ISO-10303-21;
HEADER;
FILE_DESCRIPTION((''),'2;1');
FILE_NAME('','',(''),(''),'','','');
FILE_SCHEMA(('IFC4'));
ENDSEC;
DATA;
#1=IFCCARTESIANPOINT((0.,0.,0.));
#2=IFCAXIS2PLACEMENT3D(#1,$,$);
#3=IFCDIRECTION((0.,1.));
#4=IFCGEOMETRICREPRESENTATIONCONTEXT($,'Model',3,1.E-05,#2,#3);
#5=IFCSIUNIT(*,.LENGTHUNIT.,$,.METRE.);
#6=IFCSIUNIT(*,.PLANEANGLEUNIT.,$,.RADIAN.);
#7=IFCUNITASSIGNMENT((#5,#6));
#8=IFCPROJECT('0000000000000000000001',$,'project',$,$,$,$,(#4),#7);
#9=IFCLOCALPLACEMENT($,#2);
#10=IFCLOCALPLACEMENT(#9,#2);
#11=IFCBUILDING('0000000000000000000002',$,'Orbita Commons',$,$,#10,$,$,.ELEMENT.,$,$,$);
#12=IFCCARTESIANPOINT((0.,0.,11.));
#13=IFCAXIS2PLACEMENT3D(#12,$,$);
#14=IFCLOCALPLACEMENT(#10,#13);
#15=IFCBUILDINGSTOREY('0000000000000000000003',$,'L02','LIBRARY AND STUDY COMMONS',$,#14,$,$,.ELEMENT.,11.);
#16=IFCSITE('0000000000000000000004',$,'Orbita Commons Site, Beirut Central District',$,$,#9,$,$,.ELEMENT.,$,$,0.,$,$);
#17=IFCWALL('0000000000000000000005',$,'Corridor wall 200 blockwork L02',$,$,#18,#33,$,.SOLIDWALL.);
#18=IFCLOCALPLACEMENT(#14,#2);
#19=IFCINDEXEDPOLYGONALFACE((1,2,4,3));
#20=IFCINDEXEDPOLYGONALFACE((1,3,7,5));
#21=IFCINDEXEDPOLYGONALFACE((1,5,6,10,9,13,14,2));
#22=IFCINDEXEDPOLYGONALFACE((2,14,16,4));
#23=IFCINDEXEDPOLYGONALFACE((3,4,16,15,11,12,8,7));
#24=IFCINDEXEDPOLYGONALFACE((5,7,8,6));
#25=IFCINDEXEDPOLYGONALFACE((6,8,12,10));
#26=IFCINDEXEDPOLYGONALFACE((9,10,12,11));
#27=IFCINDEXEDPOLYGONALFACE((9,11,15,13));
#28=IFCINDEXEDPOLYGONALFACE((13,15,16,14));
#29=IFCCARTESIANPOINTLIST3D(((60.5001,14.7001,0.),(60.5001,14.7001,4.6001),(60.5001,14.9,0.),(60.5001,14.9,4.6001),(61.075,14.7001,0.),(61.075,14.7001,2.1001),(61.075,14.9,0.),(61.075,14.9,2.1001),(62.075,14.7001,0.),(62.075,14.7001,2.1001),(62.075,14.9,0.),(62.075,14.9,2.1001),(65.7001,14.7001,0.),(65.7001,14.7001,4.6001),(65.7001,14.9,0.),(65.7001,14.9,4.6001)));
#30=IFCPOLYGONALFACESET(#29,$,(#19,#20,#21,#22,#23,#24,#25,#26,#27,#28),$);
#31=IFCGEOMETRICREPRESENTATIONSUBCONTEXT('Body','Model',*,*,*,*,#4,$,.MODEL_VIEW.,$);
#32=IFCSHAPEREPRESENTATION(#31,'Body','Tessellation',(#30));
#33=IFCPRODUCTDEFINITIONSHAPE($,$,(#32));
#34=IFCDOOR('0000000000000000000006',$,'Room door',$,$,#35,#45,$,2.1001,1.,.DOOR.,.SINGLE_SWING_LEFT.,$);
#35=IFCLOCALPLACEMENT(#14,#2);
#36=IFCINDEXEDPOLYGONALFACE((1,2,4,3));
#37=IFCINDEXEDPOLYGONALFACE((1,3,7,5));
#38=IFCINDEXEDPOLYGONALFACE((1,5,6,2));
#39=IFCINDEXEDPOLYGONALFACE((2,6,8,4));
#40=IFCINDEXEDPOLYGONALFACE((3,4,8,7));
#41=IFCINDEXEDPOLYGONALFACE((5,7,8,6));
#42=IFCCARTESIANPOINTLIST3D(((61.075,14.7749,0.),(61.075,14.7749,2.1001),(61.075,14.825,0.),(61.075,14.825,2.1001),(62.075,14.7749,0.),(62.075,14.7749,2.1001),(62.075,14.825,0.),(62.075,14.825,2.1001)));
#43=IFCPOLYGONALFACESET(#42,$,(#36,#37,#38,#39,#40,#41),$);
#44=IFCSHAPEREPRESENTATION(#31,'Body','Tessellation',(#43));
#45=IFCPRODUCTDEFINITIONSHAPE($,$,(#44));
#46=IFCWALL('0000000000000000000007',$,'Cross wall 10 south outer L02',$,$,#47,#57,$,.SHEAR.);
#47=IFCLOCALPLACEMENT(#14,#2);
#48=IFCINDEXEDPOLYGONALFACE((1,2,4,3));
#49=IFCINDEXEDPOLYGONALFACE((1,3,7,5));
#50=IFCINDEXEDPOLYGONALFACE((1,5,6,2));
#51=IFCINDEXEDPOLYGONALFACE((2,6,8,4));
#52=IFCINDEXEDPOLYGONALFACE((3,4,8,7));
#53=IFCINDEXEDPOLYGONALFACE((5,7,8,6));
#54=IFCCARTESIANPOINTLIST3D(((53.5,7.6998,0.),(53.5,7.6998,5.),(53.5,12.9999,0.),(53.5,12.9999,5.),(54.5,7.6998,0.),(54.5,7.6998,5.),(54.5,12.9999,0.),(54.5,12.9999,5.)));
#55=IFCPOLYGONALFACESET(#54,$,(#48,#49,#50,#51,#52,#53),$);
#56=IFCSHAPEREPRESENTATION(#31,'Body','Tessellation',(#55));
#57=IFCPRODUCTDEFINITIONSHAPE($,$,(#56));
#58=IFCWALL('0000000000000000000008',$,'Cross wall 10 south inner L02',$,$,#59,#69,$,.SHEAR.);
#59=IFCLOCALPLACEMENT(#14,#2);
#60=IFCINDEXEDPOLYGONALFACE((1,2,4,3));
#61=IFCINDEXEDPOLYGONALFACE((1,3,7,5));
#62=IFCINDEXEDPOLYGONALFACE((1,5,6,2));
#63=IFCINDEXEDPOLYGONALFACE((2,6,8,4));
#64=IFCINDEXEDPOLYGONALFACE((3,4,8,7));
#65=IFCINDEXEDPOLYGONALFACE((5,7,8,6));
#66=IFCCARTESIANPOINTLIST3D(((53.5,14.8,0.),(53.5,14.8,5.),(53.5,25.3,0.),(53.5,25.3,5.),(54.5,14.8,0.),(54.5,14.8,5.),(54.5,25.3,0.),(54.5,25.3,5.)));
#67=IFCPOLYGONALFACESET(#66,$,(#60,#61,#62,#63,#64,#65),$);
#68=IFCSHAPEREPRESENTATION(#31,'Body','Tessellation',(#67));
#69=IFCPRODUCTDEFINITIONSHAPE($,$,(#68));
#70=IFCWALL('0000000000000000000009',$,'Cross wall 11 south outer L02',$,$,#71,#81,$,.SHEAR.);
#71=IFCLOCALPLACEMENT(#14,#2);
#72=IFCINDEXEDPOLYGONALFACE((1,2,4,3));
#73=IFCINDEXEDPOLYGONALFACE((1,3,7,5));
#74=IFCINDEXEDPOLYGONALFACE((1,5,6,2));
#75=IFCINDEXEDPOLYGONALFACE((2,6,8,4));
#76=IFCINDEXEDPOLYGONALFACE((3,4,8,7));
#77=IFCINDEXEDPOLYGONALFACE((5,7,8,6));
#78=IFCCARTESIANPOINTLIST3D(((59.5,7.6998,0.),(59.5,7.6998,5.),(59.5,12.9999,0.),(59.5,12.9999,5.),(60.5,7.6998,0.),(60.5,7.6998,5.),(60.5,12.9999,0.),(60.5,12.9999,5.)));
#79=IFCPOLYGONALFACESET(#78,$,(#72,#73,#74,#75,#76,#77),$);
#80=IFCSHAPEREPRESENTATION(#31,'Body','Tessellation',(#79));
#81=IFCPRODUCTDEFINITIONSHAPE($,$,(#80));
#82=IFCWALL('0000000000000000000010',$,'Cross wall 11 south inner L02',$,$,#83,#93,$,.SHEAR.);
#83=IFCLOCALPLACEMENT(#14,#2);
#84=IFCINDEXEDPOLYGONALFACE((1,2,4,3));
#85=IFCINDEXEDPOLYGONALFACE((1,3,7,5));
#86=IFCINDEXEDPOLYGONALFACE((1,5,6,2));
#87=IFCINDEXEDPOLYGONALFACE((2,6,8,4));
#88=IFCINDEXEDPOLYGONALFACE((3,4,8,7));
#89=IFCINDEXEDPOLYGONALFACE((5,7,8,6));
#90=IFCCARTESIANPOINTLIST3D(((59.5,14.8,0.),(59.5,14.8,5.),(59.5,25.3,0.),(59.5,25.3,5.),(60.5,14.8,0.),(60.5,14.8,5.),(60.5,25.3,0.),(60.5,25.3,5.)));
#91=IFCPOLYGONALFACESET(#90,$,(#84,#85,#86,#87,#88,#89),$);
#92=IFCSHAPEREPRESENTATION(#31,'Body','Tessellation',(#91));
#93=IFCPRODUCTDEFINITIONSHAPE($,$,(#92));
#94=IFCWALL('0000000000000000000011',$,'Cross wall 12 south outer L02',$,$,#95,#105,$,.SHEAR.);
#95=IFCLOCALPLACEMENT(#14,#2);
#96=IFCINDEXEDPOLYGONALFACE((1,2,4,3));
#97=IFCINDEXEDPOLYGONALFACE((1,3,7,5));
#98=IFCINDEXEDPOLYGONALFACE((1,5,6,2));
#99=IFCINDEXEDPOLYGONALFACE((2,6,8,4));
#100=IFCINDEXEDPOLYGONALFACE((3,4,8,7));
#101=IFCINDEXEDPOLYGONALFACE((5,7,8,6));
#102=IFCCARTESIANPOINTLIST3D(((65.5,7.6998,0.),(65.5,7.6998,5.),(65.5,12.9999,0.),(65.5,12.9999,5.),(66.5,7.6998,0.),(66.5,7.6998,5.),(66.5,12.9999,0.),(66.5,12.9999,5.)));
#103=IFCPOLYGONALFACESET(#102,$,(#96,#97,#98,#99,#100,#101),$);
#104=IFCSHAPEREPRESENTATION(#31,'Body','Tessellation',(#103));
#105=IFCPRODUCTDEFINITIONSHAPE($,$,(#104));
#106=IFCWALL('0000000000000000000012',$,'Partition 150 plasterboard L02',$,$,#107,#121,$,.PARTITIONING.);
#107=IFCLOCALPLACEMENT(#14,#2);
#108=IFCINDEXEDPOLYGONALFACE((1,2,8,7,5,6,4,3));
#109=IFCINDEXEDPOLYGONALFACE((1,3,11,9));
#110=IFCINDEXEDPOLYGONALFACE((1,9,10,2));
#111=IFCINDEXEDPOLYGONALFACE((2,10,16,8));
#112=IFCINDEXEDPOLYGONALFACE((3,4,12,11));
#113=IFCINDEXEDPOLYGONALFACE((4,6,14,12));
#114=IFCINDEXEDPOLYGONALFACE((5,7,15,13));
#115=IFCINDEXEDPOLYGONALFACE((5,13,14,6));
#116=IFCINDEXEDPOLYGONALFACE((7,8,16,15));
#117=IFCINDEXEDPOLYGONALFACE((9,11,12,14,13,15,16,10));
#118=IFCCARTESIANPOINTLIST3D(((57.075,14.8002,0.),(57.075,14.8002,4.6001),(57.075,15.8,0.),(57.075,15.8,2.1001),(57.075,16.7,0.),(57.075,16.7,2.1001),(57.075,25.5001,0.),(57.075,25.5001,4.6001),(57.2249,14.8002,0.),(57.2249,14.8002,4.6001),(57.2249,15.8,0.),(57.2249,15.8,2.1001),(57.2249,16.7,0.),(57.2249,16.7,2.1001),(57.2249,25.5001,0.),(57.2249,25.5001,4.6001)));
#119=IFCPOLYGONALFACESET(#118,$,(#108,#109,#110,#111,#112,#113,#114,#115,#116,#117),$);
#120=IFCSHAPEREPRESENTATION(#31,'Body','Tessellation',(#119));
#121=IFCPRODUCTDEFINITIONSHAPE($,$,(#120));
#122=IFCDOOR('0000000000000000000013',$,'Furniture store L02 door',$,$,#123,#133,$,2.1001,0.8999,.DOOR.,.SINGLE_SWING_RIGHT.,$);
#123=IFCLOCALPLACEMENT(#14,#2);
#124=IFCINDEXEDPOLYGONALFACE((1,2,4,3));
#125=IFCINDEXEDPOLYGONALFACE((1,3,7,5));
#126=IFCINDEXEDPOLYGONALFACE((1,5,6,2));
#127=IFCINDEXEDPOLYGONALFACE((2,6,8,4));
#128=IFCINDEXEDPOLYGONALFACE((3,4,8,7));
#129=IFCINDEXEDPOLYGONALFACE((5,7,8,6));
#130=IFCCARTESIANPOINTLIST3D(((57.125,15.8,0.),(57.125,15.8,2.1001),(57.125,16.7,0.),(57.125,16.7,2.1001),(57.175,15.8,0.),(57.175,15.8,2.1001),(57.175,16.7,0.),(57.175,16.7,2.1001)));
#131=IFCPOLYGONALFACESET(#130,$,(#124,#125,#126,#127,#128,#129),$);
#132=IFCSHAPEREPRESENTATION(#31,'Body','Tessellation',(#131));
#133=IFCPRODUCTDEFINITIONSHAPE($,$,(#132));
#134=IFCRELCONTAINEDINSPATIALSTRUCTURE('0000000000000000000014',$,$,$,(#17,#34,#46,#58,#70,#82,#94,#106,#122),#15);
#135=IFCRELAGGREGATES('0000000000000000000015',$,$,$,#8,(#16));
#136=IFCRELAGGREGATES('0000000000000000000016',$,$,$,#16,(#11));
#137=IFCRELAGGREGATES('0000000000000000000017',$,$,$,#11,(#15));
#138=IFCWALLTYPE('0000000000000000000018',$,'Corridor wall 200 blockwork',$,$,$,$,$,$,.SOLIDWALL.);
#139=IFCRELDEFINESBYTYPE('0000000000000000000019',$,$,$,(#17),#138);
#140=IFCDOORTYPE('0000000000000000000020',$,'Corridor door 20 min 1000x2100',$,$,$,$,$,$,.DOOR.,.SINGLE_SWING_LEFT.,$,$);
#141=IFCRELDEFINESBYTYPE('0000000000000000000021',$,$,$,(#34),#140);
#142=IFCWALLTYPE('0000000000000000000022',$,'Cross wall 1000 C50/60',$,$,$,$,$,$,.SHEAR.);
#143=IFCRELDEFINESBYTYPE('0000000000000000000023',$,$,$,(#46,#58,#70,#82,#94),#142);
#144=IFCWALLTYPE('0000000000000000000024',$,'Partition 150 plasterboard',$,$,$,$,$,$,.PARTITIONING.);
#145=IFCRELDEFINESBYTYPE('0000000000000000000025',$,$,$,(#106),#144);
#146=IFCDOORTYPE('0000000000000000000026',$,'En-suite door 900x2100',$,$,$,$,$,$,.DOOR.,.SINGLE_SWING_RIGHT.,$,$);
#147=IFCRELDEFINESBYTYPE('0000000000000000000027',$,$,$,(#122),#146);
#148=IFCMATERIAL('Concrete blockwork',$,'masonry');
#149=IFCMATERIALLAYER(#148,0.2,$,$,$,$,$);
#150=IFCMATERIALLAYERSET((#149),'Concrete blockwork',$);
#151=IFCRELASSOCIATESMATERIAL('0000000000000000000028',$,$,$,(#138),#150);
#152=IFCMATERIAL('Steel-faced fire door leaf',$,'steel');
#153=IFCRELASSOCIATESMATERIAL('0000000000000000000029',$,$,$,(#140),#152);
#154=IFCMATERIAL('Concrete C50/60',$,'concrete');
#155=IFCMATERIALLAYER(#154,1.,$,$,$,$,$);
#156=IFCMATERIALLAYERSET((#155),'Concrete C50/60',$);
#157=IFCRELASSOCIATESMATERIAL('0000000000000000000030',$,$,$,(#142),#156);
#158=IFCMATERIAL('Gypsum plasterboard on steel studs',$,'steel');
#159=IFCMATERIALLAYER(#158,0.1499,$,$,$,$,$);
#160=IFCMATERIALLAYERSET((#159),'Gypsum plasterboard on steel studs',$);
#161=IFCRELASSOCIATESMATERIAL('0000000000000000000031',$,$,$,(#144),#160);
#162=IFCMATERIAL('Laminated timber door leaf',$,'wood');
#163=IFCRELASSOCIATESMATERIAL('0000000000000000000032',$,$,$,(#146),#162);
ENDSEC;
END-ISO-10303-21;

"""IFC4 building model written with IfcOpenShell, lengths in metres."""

from ifc_helpers import new_model, si_unit, direction, frame, frame_2d, origin, place, context, subcontext, project, spatial, rectangle, extrude, material, layer, layer_set, type_object, element, fill, save


model = new_model("IFC4")

# Units and contexts
model_context = context("Model", 3, precision=1e-05, world=origin(), true_north=direction((0.0, 1.0)))
body_context = subcontext(model_context, "Body", "Model", "MODEL_VIEW")
ifc_project = project(units=[si_unit("LENGTHUNIT", "METRE"), si_unit("PLANEANGLEUNIT", "RADIAN")], contexts=[model_context])

# Site, building, storey
site_placement = place(None, origin())
site = spatial("IfcSite", under=ifc_project, at=site_placement, Name="Orbita Commons Site, Beirut Central District", CompositionType="ELEMENT", RefElevation=0.0)
building_placement = place(site_placement, origin())
building = spatial("IfcBuilding", under=site, at=building_placement, Name="Orbita Commons", CompositionType="ELEMENT")
storey_placement = place(building_placement, frame((0.0, 0.0, 11.0)))
storey = spatial("IfcBuildingStorey", under=building, at=storey_placement, Name="L02", Description="LIBRARY AND STUDY COMMONS", CompositionType="ELEMENT", Elevation=11.0)

# Shared definitions
ifc_material_1 = material(Name="Concrete blockwork", Category="masonry")
ifc_layer_1 = layer(ifc_material_1, 0.2)
ifc_layer_set_1 = layer_set([ifc_layer_1], Name="Concrete blockwork")
wall_type_1 = type_object("IfcWallType", Name="Corridor wall 200 blockwork", PredefinedType="SOLIDWALL", material=ifc_layer_set_1)

# Wall, opening, door
ifc_material_2 = material(Name="Steel-faced fire door leaf", Category="steel")
door_type_1 = type_object("IfcDoorType", Name="Corridor door 20 min 1000x2100", OperationType="SINGLE_SWING_LEFT", PredefinedType="DOOR", material=ifc_material_2)
wall_1_placement = place(storey_placement, frame((60.5, 14.8, 0.0), z_axis=(0.0, 0.0, 1.0), x_axis=(1.0, 0.0, 0.0)))
wall_1 = element("IfcWall", 1, at=wall_1_placement, inside=storey, type_object=wall_type_1, Name="Corridor wall 200 blockwork L02", PredefinedType="SOLIDWALL", context=body_context, shape_type="SweptSolid", body=[
    extrude(rectangle(XDim=5.2, YDim=0.2, at=frame_2d((2.6001, 0.0))), origin(), (0.0, 0.0, 1.0), 4.6001),
])
opening_1_placement = place(wall_1_placement, frame((0.575, 0.0, 0.0)))
opening_1 = element("IfcOpeningElement", 2, at=opening_1_placement, cuts=wall_1, PredefinedType="OPENING", context=body_context, shape_type="SweptSolid", body=[
    extrude(rectangle(XDim=1.0, YDim=2.1001, at=frame_2d((0.5, 1.05))), frame((0.0, 0.1099, 0.0), z_axis=(0.0, -1.0, 0.0), x_axis=(1.0, 0.0, 0.0)), (0.0, 0.0, 1.0), 0.22),
])
door_1_placement = place(opening_1_placement, origin())
door_1 = element("IfcDoor", 3, at=door_1_placement, inside=storey, type_object=door_type_1, Name="Room door", OperationType="SINGLE_SWING_LEFT", OverallHeight=2.1001, OverallWidth=1.0, PredefinedType="DOOR", context=body_context, shape_type="SweptSolid", body=[
    extrude(rectangle(XDim=1.0, YDim=2.1001, at=frame_2d((0.5, 1.05))), frame((0.0, 0.0249, 0.0), z_axis=(0.0, -1.0, 0.0), x_axis=(1.0, 0.0, 0.0)), (0.0, 0.0, 1.0), 0.05),
])
fill(opening_1, door_1)

# Walls
ifc_material_3 = material(Name="Concrete C50/60", Category="concrete")
ifc_layer_2 = layer(ifc_material_3, 1.0)
ifc_layer_set_2 = layer_set([ifc_layer_2], Name="Concrete C50/60")
wall_type_2 = type_object("IfcWallType", Name="Cross wall 1000 C50/60", PredefinedType="SHEAR", material=ifc_layer_set_2)
wall_2_placement = place(storey_placement, frame((54.0, 7.7, 0.0), z_axis=(0.0, 0.0, 1.0), x_axis=(0.0, 1.0, 0.0)))
element("IfcWall", 4, at=wall_2_placement, inside=storey, type_object=wall_type_2, Name="Cross wall 10 south outer L02", PredefinedType="SHEAR", context=body_context, shape_type="SweptSolid", body=[
    extrude(rectangle(XDim=5.3, YDim=1.0, at=frame_2d((2.6499, 0.0))), origin(), (0.0, 0.0, 1.0), 5.0),
])
wall_3_placement = place(storey_placement, frame((54.0, 14.8, 0.0), z_axis=(0.0, 0.0, 1.0), x_axis=(0.0, 1.0, 0.0)))
element("IfcWall", 5, at=wall_3_placement, inside=storey, type_object=wall_type_2, Name="Cross wall 10 south inner L02", PredefinedType="SHEAR", context=body_context, shape_type="SweptSolid", body=[
    extrude(rectangle(XDim=10.5, YDim=1.0, at=frame_2d((5.25, 0.0))), origin(), (0.0, 0.0, 1.0), 5.0),
])
wall_4_placement = place(storey_placement, frame((60.0, 7.7, 0.0), z_axis=(0.0, 0.0, 1.0), x_axis=(0.0, 1.0, 0.0)))
element("IfcWall", 6, at=wall_4_placement, inside=storey, type_object=wall_type_2, Name="Cross wall 11 south outer L02", PredefinedType="SHEAR", context=body_context, shape_type="SweptSolid", body=[
    extrude(rectangle(XDim=5.3, YDim=1.0, at=frame_2d((2.6499, 0.0))), origin(), (0.0, 0.0, 1.0), 5.0),
])
wall_5_placement = place(storey_placement, frame((60.0, 14.8, 0.0), z_axis=(0.0, 0.0, 1.0), x_axis=(0.0, 1.0, 0.0)))
element("IfcWall", 7, at=wall_5_placement, inside=storey, type_object=wall_type_2, Name="Cross wall 11 south inner L02", PredefinedType="SHEAR", context=body_context, shape_type="SweptSolid", body=[
    extrude(rectangle(XDim=10.5, YDim=1.0, at=frame_2d((5.25, 0.0))), origin(), (0.0, 0.0, 1.0), 5.0),
])
wall_6_placement = place(storey_placement, frame((66.0, 7.7, 0.0), z_axis=(0.0, 0.0, 1.0), x_axis=(0.0, 1.0, 0.0)))
element("IfcWall", 8, at=wall_6_placement, inside=storey, type_object=wall_type_2, Name="Cross wall 12 south outer L02", PredefinedType="SHEAR", context=body_context, shape_type="SweptSolid", body=[
    extrude(rectangle(XDim=5.3, YDim=1.0, at=frame_2d((2.6499, 0.0))), origin(), (0.0, 0.0, 1.0), 5.0),
])

# Wall, opening, door
ifc_material_4 = material(Name="Gypsum plasterboard on steel studs", Category="steel")
ifc_layer_3 = layer(ifc_material_4, 0.1499)
ifc_layer_set_3 = layer_set([ifc_layer_3], Name="Gypsum plasterboard on steel studs")
wall_type_3 = type_object("IfcWallType", Name="Partition 150 plasterboard", PredefinedType="PARTITIONING", material=ifc_layer_set_3)
wall_7_placement = place(storey_placement, frame((57.1499, 14.8, 0.0), z_axis=(0.0, 0.0, 1.0), x_axis=(0.0, 1.0, 0.0)))
wall_7 = element("IfcWall", 9, at=wall_7_placement, inside=storey, type_object=wall_type_3, Name="Partition 150 plasterboard L02", PredefinedType="PARTITIONING", context=body_context, shape_type="SweptSolid", body=[
    extrude(rectangle(XDim=10.7, YDim=0.1499, at=frame_2d((5.3501, 0.0))), origin(), (0.0, 0.0, 1.0), 4.6001),
])
opening_2_placement = place(wall_7_placement, frame((1.0, 0.0, 0.0)))
opening_2 = element("IfcOpeningElement", 10, at=opening_2_placement, cuts=wall_7, PredefinedType="OPENING", context=body_context, shape_type="SweptSolid", body=[
    extrude(rectangle(XDim=0.8999, YDim=2.1001, at=frame_2d((0.45, 1.05))), frame((0.0, 0.085, 0.0), z_axis=(0.0, -1.0, 0.0), x_axis=(1.0, 0.0, 0.0)), (0.0, 0.0, 1.0), 0.1699),
])
ifc_material_5 = material(Name="Laminated timber door leaf", Category="wood")
door_type_2 = type_object("IfcDoorType", Name="En-suite door 900x2100", OperationType="SINGLE_SWING_RIGHT", PredefinedType="DOOR", material=ifc_material_5)
door_2_placement = place(opening_2_placement, origin())
door_2 = element("IfcDoor", 11, at=door_2_placement, inside=storey, type_object=door_type_2, Name="Furniture store L02 door", OperationType="SINGLE_SWING_RIGHT", OverallHeight=2.1001, OverallWidth=0.8999, PredefinedType="DOOR", context=body_context, shape_type="SweptSolid", body=[
    extrude(rectangle(XDim=0.8999, YDim=2.1001, at=frame_2d((0.45, 1.05))), frame((0.0, 0.0249, 0.0), z_axis=(0.0, -1.0, 0.0), x_axis=(1.0, 0.0, 0.0)), (0.0, 0.0, 1.0), 0.05),
])
fill(opening_2, door_2)

save(model, "model.ifc")
